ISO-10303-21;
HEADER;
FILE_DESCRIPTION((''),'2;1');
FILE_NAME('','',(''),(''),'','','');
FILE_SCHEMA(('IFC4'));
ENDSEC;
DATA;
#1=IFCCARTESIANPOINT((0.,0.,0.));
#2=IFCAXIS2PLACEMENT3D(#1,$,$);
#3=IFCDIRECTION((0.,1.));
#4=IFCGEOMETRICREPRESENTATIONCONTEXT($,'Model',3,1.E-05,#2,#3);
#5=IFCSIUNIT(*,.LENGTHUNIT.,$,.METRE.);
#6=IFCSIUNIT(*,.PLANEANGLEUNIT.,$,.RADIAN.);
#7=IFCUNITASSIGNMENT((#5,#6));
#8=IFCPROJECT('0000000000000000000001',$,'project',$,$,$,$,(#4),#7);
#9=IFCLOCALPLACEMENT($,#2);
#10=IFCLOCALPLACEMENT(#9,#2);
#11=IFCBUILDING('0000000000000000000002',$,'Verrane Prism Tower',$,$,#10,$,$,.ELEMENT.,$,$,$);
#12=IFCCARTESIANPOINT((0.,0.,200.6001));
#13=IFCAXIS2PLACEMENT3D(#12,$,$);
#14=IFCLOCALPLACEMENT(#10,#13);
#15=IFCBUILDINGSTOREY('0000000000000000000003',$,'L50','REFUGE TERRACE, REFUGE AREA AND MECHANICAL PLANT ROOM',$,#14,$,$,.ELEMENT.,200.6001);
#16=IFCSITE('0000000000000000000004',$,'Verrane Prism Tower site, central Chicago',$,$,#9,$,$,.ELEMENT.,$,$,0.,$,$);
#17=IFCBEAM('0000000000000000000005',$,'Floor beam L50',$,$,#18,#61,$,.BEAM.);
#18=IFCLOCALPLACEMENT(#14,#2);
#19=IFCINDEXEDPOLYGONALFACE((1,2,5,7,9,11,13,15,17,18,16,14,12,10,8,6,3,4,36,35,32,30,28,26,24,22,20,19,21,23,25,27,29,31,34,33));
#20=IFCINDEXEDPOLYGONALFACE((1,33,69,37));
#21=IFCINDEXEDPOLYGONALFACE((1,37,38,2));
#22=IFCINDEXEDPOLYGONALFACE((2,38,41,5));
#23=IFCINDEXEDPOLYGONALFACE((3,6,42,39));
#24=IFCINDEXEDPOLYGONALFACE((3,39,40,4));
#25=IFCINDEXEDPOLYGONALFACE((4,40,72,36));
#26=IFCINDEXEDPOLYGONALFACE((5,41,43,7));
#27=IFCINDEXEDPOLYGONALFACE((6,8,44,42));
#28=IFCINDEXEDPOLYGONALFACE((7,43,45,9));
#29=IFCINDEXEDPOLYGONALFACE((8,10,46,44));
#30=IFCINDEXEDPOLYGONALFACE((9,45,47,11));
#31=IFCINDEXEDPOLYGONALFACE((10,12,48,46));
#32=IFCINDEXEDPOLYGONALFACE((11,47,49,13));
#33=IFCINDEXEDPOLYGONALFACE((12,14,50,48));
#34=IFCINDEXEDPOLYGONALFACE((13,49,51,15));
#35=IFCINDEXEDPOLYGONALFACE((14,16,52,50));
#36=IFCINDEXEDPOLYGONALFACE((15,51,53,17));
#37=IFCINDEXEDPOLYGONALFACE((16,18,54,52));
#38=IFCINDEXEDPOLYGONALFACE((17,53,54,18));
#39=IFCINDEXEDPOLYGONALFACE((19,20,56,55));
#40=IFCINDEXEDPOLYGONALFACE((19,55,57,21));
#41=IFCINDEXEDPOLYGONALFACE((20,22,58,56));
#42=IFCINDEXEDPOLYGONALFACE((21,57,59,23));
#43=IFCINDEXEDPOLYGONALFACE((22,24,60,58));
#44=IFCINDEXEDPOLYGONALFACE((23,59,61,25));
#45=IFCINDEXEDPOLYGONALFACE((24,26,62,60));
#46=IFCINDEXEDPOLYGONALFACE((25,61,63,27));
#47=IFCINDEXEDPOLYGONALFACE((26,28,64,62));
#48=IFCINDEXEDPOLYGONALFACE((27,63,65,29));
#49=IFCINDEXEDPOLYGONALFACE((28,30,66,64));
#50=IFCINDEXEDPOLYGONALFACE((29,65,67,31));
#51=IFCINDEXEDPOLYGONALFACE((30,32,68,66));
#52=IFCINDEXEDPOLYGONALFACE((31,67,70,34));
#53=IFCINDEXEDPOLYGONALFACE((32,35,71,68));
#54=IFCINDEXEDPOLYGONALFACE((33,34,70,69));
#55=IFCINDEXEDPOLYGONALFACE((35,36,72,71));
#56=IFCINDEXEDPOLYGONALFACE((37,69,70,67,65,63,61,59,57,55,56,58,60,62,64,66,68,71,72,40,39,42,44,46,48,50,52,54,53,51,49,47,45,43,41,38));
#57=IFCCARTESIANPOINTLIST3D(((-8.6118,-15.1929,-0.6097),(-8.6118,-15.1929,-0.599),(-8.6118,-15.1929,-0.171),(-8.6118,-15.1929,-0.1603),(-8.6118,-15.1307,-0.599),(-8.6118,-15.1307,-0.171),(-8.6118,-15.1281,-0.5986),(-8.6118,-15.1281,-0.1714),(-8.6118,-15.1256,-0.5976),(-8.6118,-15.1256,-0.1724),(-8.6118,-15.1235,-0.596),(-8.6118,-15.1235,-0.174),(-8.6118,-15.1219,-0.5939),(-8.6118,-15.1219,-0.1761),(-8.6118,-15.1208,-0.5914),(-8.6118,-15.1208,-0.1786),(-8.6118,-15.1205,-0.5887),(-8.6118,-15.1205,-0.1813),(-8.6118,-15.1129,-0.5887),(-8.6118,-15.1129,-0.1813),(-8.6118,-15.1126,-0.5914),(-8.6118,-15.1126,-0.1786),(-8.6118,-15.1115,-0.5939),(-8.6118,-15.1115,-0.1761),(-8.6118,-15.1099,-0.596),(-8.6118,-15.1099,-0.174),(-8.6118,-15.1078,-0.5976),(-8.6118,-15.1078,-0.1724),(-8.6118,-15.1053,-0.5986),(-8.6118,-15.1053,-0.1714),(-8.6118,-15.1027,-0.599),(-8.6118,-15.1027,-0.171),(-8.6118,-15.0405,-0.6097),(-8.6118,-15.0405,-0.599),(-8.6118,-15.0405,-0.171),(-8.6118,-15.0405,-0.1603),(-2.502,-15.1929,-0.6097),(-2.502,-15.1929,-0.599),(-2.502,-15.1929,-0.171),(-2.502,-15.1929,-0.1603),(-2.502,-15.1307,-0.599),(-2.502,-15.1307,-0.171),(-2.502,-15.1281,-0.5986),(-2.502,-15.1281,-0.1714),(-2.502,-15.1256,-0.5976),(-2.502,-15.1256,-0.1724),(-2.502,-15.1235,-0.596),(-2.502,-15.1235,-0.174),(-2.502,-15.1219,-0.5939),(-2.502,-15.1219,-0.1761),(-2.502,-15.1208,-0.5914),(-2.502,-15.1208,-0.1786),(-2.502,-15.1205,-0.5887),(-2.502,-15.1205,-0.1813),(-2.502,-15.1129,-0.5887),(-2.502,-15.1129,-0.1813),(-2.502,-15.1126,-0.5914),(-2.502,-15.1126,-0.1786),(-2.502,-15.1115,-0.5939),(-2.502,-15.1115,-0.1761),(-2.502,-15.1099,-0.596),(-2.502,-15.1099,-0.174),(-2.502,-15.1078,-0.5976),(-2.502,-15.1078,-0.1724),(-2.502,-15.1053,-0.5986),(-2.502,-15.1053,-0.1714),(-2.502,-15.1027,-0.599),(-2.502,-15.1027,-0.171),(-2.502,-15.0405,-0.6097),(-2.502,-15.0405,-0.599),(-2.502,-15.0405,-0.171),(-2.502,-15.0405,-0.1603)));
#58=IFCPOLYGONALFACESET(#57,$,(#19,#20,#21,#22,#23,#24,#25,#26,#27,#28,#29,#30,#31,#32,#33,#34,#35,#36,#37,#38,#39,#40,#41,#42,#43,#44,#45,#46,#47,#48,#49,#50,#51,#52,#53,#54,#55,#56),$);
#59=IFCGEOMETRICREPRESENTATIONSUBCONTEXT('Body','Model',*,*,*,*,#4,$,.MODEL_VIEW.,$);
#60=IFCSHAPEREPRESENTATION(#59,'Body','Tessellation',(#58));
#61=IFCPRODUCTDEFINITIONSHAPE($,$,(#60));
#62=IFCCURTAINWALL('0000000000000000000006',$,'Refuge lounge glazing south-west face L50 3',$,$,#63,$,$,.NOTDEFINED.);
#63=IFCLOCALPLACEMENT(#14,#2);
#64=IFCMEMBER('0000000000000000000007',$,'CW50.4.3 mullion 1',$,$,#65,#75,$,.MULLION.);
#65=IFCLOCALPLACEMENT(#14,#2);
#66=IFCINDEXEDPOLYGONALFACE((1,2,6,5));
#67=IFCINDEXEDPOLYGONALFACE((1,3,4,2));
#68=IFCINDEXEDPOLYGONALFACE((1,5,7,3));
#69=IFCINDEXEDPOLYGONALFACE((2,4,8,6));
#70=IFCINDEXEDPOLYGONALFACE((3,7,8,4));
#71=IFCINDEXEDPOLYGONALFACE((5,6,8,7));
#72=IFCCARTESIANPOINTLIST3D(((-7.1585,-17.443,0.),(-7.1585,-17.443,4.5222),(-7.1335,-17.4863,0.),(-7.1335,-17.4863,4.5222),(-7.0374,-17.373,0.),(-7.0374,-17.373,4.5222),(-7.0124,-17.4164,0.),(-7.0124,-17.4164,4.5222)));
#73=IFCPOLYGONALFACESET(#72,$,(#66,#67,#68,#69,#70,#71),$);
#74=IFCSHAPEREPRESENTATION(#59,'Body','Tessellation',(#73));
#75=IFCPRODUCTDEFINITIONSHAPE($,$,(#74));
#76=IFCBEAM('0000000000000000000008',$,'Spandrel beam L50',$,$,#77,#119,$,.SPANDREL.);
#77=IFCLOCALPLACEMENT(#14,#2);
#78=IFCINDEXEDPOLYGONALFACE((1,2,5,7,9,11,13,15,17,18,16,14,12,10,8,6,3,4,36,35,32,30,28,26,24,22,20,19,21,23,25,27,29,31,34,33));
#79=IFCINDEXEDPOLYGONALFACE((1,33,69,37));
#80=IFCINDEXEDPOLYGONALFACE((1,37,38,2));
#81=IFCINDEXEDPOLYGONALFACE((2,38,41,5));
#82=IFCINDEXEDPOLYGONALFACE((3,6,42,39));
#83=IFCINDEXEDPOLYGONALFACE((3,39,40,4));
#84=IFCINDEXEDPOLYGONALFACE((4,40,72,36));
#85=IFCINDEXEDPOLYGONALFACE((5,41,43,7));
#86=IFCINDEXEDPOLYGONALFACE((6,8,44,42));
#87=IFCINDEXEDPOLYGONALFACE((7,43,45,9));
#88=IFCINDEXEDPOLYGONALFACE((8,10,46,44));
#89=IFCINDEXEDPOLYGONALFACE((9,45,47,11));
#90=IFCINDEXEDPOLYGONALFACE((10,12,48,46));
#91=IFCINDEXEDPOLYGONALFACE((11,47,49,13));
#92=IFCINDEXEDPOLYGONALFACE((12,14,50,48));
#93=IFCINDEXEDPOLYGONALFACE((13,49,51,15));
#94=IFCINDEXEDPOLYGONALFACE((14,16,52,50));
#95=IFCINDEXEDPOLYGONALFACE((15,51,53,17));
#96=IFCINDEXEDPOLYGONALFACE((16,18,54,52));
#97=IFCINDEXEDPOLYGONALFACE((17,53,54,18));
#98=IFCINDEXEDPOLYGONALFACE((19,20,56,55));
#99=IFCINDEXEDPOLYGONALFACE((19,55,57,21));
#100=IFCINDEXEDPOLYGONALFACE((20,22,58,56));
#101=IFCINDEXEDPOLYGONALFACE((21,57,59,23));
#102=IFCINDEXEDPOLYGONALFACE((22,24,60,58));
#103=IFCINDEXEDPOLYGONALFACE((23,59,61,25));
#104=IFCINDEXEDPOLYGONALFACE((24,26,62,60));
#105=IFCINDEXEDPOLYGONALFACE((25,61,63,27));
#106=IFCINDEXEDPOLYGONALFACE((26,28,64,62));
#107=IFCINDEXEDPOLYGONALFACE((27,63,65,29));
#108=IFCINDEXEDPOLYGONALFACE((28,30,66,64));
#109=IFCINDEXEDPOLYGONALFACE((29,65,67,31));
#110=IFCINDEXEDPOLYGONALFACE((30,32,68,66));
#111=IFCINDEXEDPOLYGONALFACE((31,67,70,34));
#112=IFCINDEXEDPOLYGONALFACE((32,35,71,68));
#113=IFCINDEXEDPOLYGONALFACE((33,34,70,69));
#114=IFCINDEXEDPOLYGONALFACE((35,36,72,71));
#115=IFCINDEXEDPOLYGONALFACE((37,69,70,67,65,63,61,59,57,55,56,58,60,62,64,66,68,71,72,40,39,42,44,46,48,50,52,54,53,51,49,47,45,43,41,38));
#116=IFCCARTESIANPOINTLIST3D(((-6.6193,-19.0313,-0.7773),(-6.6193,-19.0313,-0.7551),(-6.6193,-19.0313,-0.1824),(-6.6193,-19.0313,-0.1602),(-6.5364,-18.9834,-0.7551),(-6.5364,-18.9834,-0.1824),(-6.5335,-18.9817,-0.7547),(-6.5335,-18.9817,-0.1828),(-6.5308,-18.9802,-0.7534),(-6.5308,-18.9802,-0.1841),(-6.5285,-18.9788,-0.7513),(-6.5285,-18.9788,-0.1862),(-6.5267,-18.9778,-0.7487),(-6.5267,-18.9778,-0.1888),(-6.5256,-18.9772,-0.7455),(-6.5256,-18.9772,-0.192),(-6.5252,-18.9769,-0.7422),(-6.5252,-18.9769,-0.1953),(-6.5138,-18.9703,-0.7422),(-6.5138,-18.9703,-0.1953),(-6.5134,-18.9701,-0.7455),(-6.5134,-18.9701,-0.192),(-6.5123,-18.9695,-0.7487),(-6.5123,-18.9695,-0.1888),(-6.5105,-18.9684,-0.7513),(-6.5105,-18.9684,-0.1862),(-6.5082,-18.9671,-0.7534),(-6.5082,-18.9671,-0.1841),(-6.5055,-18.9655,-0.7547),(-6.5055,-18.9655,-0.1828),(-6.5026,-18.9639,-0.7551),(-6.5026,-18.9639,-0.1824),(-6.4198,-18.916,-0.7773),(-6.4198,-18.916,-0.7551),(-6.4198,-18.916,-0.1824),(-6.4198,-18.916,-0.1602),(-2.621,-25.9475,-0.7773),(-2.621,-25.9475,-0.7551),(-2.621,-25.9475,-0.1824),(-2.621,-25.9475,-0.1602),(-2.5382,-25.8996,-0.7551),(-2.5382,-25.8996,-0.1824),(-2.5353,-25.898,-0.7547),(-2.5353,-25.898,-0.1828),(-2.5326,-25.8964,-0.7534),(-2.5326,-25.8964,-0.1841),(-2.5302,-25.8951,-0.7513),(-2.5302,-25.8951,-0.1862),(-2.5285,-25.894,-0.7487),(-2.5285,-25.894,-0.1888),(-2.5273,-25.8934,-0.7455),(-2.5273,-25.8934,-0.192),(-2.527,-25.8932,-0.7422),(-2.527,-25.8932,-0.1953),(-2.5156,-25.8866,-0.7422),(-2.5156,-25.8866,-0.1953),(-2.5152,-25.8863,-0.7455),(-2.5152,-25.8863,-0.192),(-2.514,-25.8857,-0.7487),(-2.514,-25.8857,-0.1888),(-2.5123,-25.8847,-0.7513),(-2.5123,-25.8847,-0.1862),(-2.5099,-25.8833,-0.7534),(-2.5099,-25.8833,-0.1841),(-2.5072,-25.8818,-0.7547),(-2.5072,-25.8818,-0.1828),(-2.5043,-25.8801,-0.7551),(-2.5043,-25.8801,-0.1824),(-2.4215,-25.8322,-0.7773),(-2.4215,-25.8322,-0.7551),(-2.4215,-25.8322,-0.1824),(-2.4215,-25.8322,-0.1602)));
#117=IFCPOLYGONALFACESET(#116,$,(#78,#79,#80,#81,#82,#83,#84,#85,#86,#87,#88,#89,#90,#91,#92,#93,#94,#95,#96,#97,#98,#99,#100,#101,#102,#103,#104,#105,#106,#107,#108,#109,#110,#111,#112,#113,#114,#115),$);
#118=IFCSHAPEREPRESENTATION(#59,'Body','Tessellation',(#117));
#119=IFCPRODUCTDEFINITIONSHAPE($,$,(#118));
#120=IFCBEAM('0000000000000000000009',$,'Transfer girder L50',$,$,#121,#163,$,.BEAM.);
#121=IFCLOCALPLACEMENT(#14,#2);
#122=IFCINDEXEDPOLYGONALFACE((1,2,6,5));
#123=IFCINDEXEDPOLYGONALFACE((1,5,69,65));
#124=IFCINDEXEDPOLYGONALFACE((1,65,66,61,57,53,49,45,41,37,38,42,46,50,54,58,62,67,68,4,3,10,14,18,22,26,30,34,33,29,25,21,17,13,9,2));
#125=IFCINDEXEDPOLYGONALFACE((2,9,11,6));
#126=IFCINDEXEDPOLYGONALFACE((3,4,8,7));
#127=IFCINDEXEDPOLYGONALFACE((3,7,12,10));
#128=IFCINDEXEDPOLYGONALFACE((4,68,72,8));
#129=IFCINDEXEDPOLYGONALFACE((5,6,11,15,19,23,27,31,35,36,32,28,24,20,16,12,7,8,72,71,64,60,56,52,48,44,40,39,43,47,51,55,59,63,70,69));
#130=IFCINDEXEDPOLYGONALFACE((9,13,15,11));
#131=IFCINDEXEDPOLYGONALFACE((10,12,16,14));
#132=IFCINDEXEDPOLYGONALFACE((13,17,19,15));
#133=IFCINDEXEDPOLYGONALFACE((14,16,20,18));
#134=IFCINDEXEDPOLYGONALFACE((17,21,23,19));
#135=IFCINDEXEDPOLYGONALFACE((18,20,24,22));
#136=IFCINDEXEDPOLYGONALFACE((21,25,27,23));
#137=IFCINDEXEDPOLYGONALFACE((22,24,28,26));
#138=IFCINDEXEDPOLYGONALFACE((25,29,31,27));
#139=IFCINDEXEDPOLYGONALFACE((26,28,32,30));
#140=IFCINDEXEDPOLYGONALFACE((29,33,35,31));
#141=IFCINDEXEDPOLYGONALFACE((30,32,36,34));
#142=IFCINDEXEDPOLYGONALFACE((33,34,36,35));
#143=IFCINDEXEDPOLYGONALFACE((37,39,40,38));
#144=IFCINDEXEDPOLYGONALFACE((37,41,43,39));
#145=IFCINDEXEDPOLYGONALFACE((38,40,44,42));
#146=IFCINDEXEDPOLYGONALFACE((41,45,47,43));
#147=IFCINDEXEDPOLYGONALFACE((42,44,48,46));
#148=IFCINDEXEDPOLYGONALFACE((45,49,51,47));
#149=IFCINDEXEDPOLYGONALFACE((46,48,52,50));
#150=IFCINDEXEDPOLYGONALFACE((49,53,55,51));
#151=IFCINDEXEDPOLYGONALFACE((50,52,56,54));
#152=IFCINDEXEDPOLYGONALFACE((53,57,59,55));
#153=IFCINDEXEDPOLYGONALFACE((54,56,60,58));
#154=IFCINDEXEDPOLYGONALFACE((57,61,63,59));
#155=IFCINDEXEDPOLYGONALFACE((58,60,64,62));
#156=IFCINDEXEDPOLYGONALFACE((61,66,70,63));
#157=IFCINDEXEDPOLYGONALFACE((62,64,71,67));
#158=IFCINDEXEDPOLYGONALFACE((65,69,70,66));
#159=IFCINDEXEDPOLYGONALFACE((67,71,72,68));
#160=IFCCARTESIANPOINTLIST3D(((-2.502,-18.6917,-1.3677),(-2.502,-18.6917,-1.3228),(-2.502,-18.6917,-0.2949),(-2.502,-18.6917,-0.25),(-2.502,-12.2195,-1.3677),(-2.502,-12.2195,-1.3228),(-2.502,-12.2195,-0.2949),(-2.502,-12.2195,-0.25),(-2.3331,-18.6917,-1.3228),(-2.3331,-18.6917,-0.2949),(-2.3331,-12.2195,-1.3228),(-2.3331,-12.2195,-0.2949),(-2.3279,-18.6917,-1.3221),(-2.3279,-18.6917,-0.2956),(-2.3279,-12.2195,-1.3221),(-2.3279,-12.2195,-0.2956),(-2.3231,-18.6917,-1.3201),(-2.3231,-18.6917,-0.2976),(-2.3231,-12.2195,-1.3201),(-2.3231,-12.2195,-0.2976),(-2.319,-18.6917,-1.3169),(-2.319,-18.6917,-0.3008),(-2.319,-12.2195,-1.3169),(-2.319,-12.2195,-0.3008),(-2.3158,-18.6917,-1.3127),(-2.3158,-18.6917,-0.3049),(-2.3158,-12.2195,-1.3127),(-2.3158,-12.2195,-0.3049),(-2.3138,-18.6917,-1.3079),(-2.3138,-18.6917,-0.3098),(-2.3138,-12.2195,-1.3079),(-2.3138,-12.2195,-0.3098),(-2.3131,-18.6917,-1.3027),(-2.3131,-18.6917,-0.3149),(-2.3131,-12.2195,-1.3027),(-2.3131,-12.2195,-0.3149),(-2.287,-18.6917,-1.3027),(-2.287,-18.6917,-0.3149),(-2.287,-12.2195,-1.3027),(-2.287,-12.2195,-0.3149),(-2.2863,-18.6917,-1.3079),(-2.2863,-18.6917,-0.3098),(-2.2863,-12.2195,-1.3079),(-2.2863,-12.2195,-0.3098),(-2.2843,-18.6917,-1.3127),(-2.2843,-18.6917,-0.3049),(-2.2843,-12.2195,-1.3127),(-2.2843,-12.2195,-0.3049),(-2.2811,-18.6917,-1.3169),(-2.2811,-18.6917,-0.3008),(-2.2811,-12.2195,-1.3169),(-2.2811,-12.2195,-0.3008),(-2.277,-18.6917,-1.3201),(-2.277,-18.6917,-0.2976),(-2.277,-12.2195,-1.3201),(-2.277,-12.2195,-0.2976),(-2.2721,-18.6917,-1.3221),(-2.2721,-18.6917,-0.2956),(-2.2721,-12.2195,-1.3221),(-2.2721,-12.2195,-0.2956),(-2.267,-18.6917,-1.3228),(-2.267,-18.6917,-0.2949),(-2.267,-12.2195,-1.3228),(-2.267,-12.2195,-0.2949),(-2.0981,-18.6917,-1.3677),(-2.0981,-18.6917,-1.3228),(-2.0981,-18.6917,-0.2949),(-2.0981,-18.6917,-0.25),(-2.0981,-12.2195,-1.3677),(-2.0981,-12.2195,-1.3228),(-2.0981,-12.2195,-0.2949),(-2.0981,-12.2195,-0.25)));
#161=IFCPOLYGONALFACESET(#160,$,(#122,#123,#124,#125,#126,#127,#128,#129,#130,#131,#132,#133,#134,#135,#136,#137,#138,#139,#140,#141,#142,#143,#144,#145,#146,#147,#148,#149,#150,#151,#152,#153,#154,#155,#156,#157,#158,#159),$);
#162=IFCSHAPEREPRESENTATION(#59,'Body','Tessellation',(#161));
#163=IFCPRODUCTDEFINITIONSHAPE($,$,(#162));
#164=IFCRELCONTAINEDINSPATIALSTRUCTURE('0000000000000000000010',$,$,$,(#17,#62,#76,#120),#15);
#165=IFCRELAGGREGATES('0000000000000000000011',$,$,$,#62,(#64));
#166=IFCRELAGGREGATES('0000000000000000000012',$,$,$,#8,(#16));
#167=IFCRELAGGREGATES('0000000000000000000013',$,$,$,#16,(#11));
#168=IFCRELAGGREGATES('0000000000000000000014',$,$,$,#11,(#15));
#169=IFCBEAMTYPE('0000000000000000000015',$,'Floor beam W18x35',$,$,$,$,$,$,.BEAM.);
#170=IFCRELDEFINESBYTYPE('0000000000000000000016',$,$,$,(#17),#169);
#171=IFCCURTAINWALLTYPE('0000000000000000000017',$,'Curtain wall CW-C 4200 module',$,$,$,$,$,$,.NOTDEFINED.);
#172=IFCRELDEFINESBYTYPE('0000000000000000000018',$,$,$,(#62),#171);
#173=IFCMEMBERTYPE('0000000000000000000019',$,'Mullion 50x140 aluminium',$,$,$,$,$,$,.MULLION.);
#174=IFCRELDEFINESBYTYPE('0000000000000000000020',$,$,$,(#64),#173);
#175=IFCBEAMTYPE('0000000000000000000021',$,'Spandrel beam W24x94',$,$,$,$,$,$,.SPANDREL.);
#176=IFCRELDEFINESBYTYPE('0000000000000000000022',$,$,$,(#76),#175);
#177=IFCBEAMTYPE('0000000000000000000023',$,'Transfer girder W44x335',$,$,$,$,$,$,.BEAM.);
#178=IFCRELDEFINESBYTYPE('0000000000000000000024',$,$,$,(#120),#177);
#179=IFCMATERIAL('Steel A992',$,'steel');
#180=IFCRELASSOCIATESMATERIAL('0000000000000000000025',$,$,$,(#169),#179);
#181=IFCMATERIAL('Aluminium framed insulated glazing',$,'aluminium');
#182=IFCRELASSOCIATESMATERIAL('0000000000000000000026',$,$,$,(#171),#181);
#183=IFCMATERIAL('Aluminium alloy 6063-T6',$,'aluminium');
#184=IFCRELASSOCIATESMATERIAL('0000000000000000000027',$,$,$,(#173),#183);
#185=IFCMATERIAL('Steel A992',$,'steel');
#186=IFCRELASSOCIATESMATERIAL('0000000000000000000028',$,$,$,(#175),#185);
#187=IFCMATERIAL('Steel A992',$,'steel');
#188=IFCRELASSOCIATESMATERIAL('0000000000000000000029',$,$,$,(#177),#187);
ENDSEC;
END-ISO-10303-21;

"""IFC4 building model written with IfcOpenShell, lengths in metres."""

from ifc_helpers import new_model, si_unit, direction, frame, origin, origin_2d, place, context, subcontext, project, spatial, rectangle, i_section, extrude, material, material_profile, profile_set, type_object, element, aggregate, save


model = new_model("IFC4")

# Units and contexts
model_context = context("Model", 3, precision=1e-05, world=origin(), true_north=direction((0.0, 1.0)))
body_context = subcontext(model_context, "Body", "Model", "MODEL_VIEW")
ifc_project = project(units=[si_unit("LENGTHUNIT", "METRE"), si_unit("PLANEANGLEUNIT", "RADIAN")], contexts=[model_context])

# Site, building, storey
site_placement = place(None, origin())
site = spatial("IfcSite", under=ifc_project, at=site_placement, Name="Verrane Prism Tower site, central Chicago", CompositionType="ELEMENT", RefElevation=0.0)
building_placement = place(site_placement, origin())
building = spatial("IfcBuilding", under=site, at=building_placement, Name="Verrane Prism Tower", CompositionType="ELEMENT")
storey_placement = place(building_placement, frame((0.0, 0.0, 200.6001)))
storey = spatial("IfcBuildingStorey", under=building, at=storey_placement, Name="L50", Description="REFUGE TERRACE, REFUGE AREA AND MECHANICAL PLANT ROOM", CompositionType="ELEMENT", Elevation=200.6001)

# Beam
ifc_material_1 = material(Name="Steel A992", Category="steel")
ifc_material_profile_1 = material_profile(ifc_material_1, i_section(OverallWidth=0.1523, OverallDepth=0.4495, WebThickness=0.0076, FlangeThickness=0.0107, FilletRadius=0.0103, at=origin_2d()), Name="W18x35")
ifc_profile_set_1 = profile_set([ifc_material_profile_1], Name="Steel A992")
beam_type_1 = type_object("IfcBeamType", Name="Floor beam W18x35", PredefinedType="BEAM", material=ifc_profile_set_1)
beam_1_placement = place(storey_placement, frame((-8.6118, -15.1167, -0.385), z_axis=(1.0, 0.0, 0.0), x_axis=(0.0, 1.0, 0.0)))
element("IfcBeam", 1, at=beam_1_placement, inside=storey, type_object=beam_type_1, Name="Floor beam L50", PredefinedType="BEAM", context=body_context, shape_type="SweptSolid", body=[
    extrude(i_section(OverallWidth=0.1523, OverallDepth=0.4495, WebThickness=0.0076, FlangeThickness=0.0107, FilletRadius=0.0103, at=origin_2d()), origin(), (0.0, 0.0, 1.0), 6.1099),
])

# Curtain wall, member
ifc_material_2 = material(Name="Aluminium framed insulated glazing", Category="aluminium")
curtain_wall_type = type_object("IfcCurtainWallType", Name="Curtain wall CW-C 4200 module", PredefinedType="NOTDEFINED", material=ifc_material_2)
curtain_wall_placement = place(storey_placement, origin())
curtain_wall = element("IfcCurtainWall", 2, at=curtain_wall_placement, inside=storey, type_object=curtain_wall_type, Name="Refuge lounge glazing south-west face L50 3", PredefinedType="NOTDEFINED")
ifc_material_3 = material(Name="Aluminium alloy 6063-T6", Category="aluminium")
ifc_material_profile_2 = material_profile(ifc_material_3, rectangle(XDim=0.1399, YDim=0.05, at=origin_2d()), Name="Mullion 50x140 aluminium")
ifc_profile_set_2 = profile_set([ifc_material_profile_2], Name="Aluminium alloy 6063-T6")
member_type_1 = type_object("IfcMemberType", Name="Mullion 50x140 aluminium", PredefinedType="MULLION", material=ifc_profile_set_2)
member_1_placement = place(storey_placement, frame((-7.0854, -17.4297, 0.0), z_axis=(0.0, 0.0, 1.0), x_axis=(0.866027, 0.499997, 0.0)))
member_1 = element("IfcMember", 3, at=member_1_placement, type_object=member_type_1, Name="CW50.4.3 mullion 1", PredefinedType="MULLION", context=body_context, shape_type="SweptSolid", body=[
    extrude(rectangle(XDim=0.1399, YDim=0.05, at=origin_2d()), origin(), (0.0, 0.0, 1.0), 4.5222),
])

# Beams
ifc_material_4 = material(Name="Steel A992", Category="steel")
ifc_material_profile_3 = material_profile(ifc_material_4, i_section(OverallWidth=0.2305, OverallDepth=0.6172, WebThickness=0.0132, FlangeThickness=0.0222, FilletRadius=0.0129, at=origin_2d()), Name="W24x94")
ifc_profile_set_3 = profile_set([ifc_material_profile_3], Name="Steel A992")
beam_type_2 = type_object("IfcBeamType", Name="Spandrel beam W24x94", PredefinedType="SPANDREL", material=ifc_profile_set_3)
beam_2_placement = place(storey_placement, frame((-6.5195, -18.9736, -0.4688), z_axis=(0.500487, -0.865744, 0.0), x_axis=(0.865744, 0.500487, 0.0)))
element("IfcBeam", 4, at=beam_2_placement, inside=storey, type_object=beam_type_2, Name="Spandrel beam L50", PredefinedType="SPANDREL", context=body_context, shape_type="SweptSolid", body=[
    extrude(i_section(OverallWidth=0.2305, OverallDepth=0.6172, WebThickness=0.0132, FlangeThickness=0.0222, FilletRadius=0.0129, at=origin_2d()), origin(), (0.0, 0.0, 1.0), 7.9888),
])
ifc_material_5 = material(Name="Steel A992", Category="steel")
ifc_material_profile_4 = material_profile(ifc_material_5, i_section(OverallWidth=0.4038, OverallDepth=1.1177, WebThickness=0.0261, FlangeThickness=0.0449, FilletRadius=0.02, at=origin_2d()), Name="W44x335")
ifc_profile_set_4 = profile_set([ifc_material_profile_4], Name="Steel A992")
beam_type_3 = type_object("IfcBeamType", Name="Transfer girder W44x335", PredefinedType="BEAM", material=ifc_profile_set_4)
beam_3_placement = place(storey_placement, frame((-2.3, -12.2195, -0.8088), z_axis=(0.0, -1.0, 0.0), x_axis=(1.0, 0.0, 0.0)))
element("IfcBeam", 5, at=beam_3_placement, inside=storey, type_object=beam_type_3, Name="Transfer girder L50", PredefinedType="BEAM", context=body_context, shape_type="SweptSolid", body=[
    extrude(i_section(OverallWidth=0.4038, OverallDepth=1.1177, WebThickness=0.0261, FlangeThickness=0.0449, FilletRadius=0.02, at=origin_2d()), origin(), (0.0, 0.0, 1.0), 6.4722),
])

aggregate(curtain_wall, [member_1])

save(model, "model.ifc")
